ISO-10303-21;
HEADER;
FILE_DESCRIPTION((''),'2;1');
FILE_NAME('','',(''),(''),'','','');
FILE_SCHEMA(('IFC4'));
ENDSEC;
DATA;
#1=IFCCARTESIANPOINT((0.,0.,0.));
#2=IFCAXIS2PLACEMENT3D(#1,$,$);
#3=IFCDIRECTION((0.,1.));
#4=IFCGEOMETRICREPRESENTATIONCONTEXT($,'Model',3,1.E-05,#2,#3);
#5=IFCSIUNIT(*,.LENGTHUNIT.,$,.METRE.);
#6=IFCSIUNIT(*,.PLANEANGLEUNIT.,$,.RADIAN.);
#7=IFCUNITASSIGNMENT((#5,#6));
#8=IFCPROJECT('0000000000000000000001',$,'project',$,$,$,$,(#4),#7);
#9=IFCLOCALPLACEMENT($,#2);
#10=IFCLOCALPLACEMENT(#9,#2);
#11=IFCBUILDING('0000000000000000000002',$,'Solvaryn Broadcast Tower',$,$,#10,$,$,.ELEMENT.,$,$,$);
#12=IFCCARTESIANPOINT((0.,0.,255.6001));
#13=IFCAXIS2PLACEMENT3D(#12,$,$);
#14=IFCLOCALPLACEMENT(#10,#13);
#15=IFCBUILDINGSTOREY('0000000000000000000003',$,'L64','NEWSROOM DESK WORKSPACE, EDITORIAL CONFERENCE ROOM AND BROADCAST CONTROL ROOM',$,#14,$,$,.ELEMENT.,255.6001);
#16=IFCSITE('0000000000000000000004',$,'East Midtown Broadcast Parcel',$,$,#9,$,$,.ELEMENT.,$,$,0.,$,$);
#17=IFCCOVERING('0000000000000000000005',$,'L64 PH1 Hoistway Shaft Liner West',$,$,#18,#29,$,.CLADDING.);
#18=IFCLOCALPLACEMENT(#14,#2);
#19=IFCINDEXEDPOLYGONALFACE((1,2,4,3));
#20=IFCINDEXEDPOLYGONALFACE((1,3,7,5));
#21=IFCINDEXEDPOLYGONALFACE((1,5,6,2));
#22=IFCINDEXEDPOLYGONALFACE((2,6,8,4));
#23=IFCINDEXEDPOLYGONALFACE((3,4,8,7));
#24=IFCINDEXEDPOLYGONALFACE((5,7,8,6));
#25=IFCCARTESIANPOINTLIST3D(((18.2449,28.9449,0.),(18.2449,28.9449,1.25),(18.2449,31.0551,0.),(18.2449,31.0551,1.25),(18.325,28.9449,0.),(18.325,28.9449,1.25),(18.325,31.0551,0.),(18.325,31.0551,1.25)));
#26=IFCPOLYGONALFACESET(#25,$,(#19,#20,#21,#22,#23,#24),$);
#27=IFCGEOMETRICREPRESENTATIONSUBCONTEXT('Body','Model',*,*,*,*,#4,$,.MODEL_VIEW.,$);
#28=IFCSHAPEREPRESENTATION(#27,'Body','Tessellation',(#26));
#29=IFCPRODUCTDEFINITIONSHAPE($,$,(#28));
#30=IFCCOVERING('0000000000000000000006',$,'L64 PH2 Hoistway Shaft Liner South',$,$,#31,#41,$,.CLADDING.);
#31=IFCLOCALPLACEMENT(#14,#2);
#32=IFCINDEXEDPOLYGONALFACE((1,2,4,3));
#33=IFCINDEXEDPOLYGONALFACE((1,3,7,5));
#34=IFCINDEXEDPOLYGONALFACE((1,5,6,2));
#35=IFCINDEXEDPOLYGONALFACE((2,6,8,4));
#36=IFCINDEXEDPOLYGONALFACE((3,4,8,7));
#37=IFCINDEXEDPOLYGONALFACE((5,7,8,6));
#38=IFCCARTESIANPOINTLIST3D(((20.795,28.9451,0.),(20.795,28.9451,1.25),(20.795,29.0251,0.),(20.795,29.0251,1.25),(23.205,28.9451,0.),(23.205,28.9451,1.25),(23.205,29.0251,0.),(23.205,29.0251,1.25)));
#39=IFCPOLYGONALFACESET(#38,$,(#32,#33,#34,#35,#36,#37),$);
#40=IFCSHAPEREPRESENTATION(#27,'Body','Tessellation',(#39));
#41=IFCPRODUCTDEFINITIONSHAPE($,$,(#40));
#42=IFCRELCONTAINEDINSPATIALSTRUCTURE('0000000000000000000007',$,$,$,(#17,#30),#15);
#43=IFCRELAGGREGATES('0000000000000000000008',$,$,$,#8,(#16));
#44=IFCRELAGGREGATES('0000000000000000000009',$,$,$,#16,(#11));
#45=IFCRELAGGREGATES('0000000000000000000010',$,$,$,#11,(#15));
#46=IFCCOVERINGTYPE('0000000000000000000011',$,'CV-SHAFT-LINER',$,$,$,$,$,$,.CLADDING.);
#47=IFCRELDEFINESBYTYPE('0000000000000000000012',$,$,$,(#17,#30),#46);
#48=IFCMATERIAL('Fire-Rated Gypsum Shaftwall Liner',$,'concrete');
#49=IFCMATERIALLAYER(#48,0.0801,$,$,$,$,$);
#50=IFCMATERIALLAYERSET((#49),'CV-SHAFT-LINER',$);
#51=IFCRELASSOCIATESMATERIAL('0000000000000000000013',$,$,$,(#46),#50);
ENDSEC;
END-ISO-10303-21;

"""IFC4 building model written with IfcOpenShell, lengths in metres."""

from ifc_helpers import new_model, si_unit, direction, frame, origin, origin_2d, place, context, subcontext, project, spatial, rectangle, extrude, material, layer, layer_set, type_object, element, save


model = new_model("IFC4")

# Units and contexts
model_context = context("Model", 3, precision=1e-05, world=origin(), true_north=direction((0.0, 1.0)))
body_context = subcontext(model_context, "Body", "Model", "MODEL_VIEW")
ifc_project = project(units=[si_unit("LENGTHUNIT", "METRE"), si_unit("PLANEANGLEUNIT", "RADIAN")], contexts=[model_context])

# Site, building, storey
site_placement = place(None, origin())
site = spatial("IfcSite", under=ifc_project, at=site_placement, Name="East Midtown Broadcast Parcel", CompositionType="ELEMENT", RefElevation=0.0)
building_placement = place(site_placement, origin())
building = spatial("IfcBuilding", under=site, at=building_placement, Name="Solvaryn Broadcast Tower", CompositionType="ELEMENT")
storey_placement = place(building_placement, frame((0.0, 0.0, 255.6001)))
storey = spatial("IfcBuildingStorey", under=building, at=storey_placement, Name="L64", Description="NEWSROOM DESK WORKSPACE, EDITORIAL CONFERENCE ROOM AND BROADCAST CONTROL ROOM", CompositionType="ELEMENT", Elevation=255.6001)

# Coverings
ifc_material_1 = material(Name="Fire-Rated Gypsum Shaftwall Liner", Category="concrete")
ifc_layer_1 = layer(ifc_material_1, 0.0801)
ifc_layer_set_1 = layer_set([ifc_layer_1], Name="CV-SHAFT-LINER")
covering_type = type_object("IfcCoveringType", Name="CV-SHAFT-LINER", PredefinedType="CLADDING", material=ifc_layer_set_1)
for number, where, z_axis, x_axis, name in (
    (1, (18.2849, 30.0, 0.0), (0.0, 0.0, 1.0), (1.0, 0.0, 0.0), "L64 PH1 Hoistway Shaft Liner West"),
):
    element("IfcCovering", number, at=place(storey_placement, frame(where, z_axis=z_axis, x_axis=x_axis)), inside=storey, type_object=covering_type, Name=name, PredefinedType="CLADDING", context=body_context, shape_type="SweptSolid", body=[
        extrude(rectangle(XDim=0.0801, YDim=2.1101, at=origin_2d()), origin(), (0.0, 0.0, 1.0), 1.25),
    ])
covering_1_placement = place(storey_placement, frame((22.0, 28.9851, 0.0), z_axis=(0.0, 0.0, 1.0), x_axis=(1.0, 0.0, 0.0)))
element("IfcCovering", 2, at=covering_1_placement, inside=storey, type_object=covering_type, Name="L64 PH2 Hoistway Shaft Liner South", PredefinedType="CLADDING", context=body_context, shape_type="SweptSolid", body=[
    extrude(rectangle(XDim=2.4099, YDim=0.0801, at=origin_2d()), origin(), (0.0, 0.0, 1.0), 1.25),
])

save(model, "model.ifc")
